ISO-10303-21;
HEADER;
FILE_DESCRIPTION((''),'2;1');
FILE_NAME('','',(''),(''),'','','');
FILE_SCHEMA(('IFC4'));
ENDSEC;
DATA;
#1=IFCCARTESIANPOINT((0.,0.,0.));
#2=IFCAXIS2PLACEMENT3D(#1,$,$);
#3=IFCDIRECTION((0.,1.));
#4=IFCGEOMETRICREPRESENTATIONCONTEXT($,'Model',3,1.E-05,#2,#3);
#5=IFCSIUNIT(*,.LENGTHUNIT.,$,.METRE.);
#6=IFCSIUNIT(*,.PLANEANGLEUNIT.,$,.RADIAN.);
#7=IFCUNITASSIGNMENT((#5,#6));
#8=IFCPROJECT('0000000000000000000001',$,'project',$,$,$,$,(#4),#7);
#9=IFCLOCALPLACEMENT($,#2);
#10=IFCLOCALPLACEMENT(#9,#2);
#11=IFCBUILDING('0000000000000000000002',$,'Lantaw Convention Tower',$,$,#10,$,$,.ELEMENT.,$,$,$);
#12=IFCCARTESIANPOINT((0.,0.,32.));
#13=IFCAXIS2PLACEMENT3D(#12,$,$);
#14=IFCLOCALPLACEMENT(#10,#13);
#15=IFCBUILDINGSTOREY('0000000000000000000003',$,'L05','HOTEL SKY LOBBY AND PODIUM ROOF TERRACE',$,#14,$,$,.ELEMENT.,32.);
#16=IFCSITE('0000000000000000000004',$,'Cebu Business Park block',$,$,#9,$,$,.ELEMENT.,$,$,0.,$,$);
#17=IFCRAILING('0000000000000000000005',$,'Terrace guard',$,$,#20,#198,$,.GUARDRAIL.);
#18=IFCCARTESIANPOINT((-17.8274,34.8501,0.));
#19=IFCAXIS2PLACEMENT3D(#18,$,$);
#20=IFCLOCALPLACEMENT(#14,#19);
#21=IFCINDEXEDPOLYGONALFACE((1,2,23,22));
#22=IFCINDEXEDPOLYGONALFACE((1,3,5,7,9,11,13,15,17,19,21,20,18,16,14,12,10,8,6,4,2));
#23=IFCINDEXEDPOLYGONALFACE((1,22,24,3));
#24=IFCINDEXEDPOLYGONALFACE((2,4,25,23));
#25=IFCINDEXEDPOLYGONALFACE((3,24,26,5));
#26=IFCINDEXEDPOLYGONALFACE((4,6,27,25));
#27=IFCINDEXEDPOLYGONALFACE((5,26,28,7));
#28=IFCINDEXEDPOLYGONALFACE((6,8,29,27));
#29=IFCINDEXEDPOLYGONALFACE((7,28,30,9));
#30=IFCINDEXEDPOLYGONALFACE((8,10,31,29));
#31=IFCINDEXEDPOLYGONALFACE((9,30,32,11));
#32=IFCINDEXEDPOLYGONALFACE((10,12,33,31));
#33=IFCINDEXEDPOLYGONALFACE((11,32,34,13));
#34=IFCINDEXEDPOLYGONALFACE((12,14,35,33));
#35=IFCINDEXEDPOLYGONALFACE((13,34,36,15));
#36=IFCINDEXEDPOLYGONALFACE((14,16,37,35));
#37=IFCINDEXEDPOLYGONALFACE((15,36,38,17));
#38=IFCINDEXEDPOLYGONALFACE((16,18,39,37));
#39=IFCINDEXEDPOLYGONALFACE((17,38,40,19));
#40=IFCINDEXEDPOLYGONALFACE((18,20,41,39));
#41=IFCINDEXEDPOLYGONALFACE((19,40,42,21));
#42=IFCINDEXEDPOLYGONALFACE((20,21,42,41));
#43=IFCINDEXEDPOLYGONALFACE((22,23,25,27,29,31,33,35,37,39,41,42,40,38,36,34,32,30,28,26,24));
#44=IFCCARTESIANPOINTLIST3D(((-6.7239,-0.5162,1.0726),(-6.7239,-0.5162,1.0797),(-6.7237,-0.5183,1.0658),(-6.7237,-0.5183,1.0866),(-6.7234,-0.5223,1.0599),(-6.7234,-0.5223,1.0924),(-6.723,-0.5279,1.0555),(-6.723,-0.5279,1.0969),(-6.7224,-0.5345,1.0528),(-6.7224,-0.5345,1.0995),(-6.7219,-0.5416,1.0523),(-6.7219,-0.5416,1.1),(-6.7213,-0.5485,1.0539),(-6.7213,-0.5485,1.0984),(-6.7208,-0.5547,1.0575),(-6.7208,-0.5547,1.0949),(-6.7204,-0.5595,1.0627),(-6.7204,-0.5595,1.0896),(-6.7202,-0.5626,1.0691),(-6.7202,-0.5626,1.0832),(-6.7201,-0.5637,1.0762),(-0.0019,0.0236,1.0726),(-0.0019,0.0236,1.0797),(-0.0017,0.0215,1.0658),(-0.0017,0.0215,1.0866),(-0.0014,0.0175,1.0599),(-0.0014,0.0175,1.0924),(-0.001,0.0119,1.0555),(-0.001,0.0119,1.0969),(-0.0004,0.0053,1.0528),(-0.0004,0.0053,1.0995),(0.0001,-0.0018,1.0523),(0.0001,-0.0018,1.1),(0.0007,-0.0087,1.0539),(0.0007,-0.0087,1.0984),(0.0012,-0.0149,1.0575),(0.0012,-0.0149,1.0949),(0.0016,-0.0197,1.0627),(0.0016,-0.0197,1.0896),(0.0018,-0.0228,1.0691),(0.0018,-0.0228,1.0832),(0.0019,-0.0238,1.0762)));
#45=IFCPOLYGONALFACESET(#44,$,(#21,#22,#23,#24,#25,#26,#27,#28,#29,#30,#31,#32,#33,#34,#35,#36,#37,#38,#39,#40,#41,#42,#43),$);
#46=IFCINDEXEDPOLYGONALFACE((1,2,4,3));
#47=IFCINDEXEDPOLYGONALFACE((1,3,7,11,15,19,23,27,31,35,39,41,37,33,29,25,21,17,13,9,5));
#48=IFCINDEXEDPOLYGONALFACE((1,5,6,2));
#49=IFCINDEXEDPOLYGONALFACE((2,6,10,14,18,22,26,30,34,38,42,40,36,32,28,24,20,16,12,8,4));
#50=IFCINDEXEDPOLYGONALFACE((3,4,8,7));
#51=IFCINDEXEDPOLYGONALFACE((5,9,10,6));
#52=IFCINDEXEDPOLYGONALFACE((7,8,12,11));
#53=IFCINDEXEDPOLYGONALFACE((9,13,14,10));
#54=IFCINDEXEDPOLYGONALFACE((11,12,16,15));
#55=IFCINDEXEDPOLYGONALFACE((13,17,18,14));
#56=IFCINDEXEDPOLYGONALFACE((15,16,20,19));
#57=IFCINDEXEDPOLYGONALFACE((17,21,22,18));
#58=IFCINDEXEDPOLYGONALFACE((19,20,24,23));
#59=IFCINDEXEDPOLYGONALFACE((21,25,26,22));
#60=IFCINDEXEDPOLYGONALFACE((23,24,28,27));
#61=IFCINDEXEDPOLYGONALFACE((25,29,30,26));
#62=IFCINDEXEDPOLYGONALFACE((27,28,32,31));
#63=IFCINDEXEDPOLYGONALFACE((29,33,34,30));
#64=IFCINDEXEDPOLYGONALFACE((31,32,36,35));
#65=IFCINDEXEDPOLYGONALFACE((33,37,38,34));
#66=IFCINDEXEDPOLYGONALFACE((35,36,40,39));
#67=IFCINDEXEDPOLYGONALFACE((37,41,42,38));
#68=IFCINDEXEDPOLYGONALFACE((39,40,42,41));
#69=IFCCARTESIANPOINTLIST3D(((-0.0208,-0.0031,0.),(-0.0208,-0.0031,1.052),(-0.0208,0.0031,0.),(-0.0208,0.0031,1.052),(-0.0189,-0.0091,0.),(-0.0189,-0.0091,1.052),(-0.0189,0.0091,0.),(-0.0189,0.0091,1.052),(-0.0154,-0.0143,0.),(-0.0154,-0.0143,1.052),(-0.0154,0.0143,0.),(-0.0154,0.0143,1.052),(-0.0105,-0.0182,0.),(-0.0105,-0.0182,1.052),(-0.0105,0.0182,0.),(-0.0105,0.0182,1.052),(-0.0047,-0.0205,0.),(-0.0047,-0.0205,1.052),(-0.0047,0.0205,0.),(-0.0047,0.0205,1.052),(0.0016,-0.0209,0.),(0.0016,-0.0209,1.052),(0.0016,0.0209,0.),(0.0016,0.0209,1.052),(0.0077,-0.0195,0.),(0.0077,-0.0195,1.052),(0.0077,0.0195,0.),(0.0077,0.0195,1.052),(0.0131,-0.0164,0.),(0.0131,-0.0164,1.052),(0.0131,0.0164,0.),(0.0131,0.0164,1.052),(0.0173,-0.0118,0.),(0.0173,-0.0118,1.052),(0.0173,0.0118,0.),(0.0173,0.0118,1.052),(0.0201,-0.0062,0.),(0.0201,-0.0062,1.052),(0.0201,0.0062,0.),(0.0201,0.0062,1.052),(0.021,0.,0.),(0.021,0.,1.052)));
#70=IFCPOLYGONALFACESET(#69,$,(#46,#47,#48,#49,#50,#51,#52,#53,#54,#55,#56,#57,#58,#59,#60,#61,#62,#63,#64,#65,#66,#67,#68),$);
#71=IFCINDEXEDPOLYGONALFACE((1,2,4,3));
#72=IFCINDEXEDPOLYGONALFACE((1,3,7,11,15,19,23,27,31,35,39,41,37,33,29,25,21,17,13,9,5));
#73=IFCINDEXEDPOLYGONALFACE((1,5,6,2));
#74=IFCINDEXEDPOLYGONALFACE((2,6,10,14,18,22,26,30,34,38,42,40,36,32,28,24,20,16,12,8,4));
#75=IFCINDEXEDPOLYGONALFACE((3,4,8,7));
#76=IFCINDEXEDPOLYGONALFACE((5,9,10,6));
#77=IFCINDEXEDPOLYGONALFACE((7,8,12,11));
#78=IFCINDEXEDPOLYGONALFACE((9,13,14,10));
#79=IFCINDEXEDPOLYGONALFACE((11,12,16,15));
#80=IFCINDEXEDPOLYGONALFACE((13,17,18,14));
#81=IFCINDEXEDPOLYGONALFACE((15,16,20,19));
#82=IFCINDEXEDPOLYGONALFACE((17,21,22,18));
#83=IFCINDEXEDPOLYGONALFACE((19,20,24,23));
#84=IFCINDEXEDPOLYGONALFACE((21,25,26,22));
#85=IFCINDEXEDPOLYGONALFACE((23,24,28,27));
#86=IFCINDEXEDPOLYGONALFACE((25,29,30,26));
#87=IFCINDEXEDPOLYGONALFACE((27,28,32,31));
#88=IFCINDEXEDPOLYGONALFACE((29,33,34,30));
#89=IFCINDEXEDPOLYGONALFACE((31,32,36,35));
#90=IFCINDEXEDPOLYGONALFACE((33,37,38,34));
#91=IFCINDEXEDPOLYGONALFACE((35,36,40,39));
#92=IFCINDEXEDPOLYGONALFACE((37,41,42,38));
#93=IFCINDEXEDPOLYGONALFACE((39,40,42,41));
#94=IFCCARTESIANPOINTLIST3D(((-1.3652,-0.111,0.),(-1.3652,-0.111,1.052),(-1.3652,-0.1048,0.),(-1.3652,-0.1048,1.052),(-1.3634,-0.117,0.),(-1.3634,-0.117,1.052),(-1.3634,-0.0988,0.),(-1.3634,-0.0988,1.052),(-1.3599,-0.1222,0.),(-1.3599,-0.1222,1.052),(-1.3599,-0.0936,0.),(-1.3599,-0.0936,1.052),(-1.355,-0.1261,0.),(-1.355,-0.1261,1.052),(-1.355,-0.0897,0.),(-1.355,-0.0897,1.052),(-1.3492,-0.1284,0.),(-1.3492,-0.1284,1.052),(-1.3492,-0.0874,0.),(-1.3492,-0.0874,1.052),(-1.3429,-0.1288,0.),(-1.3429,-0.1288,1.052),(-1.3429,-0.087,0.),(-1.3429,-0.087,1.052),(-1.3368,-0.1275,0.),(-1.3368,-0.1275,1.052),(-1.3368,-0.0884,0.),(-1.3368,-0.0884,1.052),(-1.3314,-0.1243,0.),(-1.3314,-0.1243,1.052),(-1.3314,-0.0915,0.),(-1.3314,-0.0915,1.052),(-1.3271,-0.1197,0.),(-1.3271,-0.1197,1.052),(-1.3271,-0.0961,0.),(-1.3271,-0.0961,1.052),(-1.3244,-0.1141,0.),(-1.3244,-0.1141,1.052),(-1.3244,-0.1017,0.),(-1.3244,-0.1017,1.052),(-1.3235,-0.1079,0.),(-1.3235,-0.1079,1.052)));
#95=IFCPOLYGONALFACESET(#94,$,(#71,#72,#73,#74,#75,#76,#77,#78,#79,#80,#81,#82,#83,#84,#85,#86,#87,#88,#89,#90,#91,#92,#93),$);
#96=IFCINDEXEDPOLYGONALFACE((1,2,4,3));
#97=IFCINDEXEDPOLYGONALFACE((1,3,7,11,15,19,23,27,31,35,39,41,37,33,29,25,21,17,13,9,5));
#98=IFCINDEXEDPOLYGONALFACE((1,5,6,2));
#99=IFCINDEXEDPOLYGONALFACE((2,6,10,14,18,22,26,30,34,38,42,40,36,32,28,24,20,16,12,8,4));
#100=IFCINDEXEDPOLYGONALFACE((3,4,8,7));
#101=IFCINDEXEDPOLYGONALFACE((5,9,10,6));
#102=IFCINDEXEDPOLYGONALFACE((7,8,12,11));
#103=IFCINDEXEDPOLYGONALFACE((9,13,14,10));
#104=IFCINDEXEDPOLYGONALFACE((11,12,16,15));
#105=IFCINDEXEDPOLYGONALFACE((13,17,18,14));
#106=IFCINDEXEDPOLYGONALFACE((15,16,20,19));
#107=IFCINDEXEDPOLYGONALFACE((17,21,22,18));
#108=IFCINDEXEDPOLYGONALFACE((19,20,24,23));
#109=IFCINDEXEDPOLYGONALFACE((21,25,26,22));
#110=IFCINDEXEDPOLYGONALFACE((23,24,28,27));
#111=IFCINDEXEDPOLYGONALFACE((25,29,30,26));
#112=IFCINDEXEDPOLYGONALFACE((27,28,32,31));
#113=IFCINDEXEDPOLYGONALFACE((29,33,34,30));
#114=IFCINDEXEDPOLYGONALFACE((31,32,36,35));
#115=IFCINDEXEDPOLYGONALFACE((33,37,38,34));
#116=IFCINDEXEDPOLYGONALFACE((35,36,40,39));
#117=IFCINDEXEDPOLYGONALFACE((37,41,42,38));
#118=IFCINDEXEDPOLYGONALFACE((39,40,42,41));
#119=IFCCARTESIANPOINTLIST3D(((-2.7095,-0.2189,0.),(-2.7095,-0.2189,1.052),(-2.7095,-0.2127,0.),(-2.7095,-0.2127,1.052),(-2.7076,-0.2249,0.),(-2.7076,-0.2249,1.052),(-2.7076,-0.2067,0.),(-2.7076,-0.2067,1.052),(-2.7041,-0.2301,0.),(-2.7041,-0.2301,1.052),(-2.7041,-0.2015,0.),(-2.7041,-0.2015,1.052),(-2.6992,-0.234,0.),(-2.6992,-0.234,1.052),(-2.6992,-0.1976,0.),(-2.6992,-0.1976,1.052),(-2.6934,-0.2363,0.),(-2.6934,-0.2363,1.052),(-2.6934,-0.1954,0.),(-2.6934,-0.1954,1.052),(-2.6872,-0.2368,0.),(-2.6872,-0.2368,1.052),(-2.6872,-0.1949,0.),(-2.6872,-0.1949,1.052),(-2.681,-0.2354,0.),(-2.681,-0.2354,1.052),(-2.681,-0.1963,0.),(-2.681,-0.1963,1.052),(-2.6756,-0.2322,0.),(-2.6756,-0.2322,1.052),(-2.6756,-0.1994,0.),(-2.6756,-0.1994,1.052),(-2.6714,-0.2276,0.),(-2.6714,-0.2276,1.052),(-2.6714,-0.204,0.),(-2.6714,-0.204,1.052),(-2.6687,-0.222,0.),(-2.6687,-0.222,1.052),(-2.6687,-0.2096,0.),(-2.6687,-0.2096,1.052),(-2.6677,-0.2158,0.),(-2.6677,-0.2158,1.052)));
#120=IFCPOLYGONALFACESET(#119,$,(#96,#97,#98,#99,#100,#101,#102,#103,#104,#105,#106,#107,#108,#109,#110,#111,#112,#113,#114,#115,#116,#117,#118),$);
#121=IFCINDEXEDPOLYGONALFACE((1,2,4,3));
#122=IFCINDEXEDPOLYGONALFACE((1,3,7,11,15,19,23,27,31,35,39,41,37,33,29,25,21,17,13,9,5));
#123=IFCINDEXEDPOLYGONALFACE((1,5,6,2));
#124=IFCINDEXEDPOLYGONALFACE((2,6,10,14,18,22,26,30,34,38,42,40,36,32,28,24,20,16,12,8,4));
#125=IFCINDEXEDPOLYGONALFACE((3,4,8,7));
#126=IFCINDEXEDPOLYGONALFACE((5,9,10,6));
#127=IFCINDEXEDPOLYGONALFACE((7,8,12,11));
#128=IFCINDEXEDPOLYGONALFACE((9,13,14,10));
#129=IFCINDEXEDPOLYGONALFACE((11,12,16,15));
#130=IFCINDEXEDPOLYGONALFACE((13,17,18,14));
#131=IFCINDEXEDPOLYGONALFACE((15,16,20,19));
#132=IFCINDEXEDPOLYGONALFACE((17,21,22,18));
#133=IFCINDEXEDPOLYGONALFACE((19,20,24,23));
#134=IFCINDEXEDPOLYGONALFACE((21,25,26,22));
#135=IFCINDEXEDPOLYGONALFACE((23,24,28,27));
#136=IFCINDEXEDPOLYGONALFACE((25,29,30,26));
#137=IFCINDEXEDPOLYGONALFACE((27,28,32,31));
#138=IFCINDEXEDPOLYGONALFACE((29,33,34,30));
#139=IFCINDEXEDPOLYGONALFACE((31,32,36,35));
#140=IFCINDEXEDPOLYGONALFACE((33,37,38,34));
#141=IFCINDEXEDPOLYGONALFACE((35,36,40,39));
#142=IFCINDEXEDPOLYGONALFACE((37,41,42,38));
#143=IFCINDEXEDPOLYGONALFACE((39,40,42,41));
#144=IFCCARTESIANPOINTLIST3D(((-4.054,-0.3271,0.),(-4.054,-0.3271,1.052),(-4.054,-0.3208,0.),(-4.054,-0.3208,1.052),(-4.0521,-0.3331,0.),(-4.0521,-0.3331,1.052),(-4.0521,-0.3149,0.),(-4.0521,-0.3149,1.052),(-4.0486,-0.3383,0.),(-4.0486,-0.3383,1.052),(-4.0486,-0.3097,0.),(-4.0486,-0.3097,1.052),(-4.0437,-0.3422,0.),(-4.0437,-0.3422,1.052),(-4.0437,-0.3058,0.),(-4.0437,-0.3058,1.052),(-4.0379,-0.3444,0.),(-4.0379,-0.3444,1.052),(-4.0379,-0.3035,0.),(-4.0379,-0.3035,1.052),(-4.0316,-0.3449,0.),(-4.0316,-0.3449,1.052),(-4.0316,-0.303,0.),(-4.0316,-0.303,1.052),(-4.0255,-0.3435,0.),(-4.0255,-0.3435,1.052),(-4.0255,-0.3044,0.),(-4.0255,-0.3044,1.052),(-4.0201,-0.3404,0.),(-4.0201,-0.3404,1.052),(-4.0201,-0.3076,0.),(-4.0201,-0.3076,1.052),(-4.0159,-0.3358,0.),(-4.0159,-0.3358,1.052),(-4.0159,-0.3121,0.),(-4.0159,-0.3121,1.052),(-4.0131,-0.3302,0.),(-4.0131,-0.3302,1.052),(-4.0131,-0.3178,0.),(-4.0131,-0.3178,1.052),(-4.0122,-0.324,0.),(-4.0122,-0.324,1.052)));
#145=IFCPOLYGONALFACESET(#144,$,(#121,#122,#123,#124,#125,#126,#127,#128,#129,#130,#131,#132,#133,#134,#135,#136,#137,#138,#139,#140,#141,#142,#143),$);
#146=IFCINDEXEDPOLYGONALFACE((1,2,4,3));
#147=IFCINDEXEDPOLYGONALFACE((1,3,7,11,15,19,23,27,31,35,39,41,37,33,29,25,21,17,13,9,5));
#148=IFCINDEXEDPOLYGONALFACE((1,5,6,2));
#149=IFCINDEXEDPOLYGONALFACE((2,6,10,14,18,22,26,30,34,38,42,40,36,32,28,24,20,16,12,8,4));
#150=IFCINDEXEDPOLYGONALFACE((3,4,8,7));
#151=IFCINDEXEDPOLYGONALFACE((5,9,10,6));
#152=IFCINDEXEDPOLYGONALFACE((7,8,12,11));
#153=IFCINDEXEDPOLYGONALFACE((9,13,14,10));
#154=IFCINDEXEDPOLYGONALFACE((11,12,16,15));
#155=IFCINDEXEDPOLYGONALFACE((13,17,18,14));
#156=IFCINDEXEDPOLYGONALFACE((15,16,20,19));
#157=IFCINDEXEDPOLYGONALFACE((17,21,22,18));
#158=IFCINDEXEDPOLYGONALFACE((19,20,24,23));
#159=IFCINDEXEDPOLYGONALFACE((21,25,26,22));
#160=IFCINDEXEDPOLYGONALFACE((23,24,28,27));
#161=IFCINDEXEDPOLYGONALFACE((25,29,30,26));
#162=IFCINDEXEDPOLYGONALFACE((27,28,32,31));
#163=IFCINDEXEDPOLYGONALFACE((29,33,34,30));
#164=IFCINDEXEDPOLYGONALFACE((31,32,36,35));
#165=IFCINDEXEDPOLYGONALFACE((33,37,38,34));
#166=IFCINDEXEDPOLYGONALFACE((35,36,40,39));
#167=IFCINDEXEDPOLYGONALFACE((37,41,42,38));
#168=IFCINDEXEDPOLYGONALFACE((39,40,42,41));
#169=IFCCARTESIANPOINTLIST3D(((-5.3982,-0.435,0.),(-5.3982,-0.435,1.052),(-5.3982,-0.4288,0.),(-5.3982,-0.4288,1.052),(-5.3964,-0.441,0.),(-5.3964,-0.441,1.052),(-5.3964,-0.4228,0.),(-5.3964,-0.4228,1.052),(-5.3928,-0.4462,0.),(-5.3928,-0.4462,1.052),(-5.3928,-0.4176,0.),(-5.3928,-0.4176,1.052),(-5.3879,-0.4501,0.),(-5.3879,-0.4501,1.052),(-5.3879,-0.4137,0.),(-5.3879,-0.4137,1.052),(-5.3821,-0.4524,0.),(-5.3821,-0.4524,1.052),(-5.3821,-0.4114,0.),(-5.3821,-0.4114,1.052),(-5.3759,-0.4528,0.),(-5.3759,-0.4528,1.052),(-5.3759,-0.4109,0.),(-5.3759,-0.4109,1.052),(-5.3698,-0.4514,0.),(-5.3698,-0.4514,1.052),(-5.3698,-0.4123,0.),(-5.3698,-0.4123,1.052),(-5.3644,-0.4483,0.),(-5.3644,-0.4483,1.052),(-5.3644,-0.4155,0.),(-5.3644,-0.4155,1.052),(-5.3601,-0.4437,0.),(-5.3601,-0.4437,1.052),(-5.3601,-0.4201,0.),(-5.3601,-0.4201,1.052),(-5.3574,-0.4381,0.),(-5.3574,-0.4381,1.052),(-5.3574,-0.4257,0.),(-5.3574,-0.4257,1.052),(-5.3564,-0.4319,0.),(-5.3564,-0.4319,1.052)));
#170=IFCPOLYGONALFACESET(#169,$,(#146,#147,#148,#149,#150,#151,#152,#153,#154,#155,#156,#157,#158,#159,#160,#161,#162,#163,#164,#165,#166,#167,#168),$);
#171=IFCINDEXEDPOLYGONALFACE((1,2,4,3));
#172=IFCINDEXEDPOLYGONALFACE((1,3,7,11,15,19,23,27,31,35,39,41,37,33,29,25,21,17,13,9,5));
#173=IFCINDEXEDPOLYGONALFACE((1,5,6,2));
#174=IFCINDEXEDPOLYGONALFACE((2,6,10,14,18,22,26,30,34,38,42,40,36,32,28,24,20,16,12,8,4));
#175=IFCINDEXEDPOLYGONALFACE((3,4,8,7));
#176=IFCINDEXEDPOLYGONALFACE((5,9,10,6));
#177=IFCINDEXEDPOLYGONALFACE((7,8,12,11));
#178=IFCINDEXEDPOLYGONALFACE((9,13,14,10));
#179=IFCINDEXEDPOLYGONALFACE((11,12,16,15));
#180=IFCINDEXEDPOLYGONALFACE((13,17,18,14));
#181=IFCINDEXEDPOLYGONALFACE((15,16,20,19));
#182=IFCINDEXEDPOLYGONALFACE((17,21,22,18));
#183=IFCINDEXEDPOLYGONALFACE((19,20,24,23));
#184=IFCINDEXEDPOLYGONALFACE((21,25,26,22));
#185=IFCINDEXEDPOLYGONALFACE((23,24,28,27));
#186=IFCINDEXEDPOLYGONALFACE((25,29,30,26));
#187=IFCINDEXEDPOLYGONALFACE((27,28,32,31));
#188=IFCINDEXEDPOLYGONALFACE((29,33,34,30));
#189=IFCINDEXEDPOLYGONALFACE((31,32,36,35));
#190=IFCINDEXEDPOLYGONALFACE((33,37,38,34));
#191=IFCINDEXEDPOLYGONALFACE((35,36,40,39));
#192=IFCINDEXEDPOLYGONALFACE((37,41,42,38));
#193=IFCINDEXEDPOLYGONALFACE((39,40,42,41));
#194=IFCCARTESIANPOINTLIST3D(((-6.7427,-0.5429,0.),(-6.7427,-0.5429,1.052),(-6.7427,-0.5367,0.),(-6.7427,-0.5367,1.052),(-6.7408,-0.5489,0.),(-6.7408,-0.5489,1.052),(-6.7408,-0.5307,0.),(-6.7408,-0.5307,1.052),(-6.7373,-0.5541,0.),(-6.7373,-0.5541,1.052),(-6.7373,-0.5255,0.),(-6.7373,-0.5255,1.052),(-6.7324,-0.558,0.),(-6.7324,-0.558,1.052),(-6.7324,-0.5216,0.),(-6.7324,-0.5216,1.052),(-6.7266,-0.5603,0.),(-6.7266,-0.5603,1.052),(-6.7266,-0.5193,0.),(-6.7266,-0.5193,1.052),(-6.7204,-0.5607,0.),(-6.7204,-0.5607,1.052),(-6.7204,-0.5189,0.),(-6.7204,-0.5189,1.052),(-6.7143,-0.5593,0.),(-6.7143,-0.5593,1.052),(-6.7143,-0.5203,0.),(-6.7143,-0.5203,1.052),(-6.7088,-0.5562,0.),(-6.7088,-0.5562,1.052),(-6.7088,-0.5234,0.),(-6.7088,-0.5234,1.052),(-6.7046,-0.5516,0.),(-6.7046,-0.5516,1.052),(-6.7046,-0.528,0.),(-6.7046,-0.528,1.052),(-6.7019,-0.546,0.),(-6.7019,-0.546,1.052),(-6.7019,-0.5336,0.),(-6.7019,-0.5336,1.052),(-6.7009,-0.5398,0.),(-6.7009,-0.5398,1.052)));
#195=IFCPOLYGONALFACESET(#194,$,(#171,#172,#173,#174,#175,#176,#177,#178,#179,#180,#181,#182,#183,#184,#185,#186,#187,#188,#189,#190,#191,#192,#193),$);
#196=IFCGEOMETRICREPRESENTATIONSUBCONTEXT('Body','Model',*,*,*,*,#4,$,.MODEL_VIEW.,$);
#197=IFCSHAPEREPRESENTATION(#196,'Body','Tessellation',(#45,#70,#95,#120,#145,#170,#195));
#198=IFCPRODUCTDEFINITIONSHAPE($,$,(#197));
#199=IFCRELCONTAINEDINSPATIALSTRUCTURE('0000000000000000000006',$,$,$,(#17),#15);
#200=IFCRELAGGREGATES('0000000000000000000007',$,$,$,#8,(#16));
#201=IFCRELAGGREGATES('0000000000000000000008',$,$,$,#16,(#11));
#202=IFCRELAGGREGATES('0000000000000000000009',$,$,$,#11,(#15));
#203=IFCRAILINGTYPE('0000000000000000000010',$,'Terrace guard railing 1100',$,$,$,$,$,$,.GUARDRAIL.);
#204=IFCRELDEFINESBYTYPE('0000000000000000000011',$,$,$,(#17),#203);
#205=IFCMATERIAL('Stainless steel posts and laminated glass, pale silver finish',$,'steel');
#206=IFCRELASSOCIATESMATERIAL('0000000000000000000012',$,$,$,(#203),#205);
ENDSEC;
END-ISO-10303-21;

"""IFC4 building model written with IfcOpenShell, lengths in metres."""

from ifc_helpers import new_model, si_unit, direction, frame, origin, origin_2d, place, context, subcontext, project, spatial, circle, extrude, material, type_object, element, save


model = new_model("IFC4")

# Units and contexts
model_context = context("Model", 3, precision=1e-05, world=origin(), true_north=direction((0.0, 1.0)))
body_context = subcontext(model_context, "Body", "Model", "MODEL_VIEW")
ifc_project = project(units=[si_unit("LENGTHUNIT", "METRE"), si_unit("PLANEANGLEUNIT", "RADIAN")], contexts=[model_context])

# Site, building, storey
site_placement = place(None, origin())
site = spatial("IfcSite", under=ifc_project, at=site_placement, Name="Cebu Business Park block", CompositionType="ELEMENT", RefElevation=0.0)
building_placement = place(site_placement, origin())
building = spatial("IfcBuilding", under=site, at=building_placement, Name="Lantaw Convention Tower", CompositionType="ELEMENT")
storey_placement = place(building_placement, frame((0.0, 0.0, 32.0)))
storey = spatial("IfcBuildingStorey", under=building, at=storey_placement, Name="L05", Description="HOTEL SKY LOBBY AND PODIUM ROOF TERRACE", CompositionType="ELEMENT", Elevation=32.0)

# Railing
ifc_material_1 = material(Name="Stainless steel posts and laminated glass, pale silver finish", Category="steel")
railing_type_1 = type_object("IfcRailingType", Name="Terrace guard railing 1100", PredefinedType="GUARDRAIL", material=ifc_material_1)
railing_1_placement = place(storey_placement, frame((-17.8274, 34.8501, 0.0)))
element("IfcRailing", 1, at=railing_1_placement, inside=storey, type_object=railing_type_1, Name="Terrace guard", PredefinedType="GUARDRAIL", context=body_context, shape_type="SweptSolid", body=[
    extrude(circle(Radius=0.0239, at=origin_2d()), frame((0.0, 0.0, 1.0762), z_axis=(-0.996791, -0.080046, 0.0), x_axis=(0.080046, -0.996791, 0.0)), (0.0, 0.0, 1.0), 6.7437),
    extrude(circle(Radius=0.021, at=origin_2d()), origin(), (0.0, 0.0, 1.0), 1.052),
    extrude(circle(Radius=0.021, at=origin_2d()), frame((-1.3445, -0.1079, 0.0)), (0.0, 0.0, 1.0), 1.052),
    extrude(circle(Radius=0.021, at=origin_2d()), frame((-2.6887, -0.2158, 0.0)), (0.0, 0.0, 1.0), 1.052),
    extrude(circle(Radius=0.021, at=origin_2d()), frame((-4.0332, -0.324, 0.0)), (0.0, 0.0, 1.0), 1.052),
    extrude(circle(Radius=0.021, at=origin_2d()), frame((-5.3774, -0.4319, 0.0)), (0.0, 0.0, 1.0), 1.052),
    extrude(circle(Radius=0.021, at=origin_2d()), frame((-6.7219, -0.5398, 0.0)), (0.0, 0.0, 1.0), 1.052),
])

save(model, "model.ifc")
